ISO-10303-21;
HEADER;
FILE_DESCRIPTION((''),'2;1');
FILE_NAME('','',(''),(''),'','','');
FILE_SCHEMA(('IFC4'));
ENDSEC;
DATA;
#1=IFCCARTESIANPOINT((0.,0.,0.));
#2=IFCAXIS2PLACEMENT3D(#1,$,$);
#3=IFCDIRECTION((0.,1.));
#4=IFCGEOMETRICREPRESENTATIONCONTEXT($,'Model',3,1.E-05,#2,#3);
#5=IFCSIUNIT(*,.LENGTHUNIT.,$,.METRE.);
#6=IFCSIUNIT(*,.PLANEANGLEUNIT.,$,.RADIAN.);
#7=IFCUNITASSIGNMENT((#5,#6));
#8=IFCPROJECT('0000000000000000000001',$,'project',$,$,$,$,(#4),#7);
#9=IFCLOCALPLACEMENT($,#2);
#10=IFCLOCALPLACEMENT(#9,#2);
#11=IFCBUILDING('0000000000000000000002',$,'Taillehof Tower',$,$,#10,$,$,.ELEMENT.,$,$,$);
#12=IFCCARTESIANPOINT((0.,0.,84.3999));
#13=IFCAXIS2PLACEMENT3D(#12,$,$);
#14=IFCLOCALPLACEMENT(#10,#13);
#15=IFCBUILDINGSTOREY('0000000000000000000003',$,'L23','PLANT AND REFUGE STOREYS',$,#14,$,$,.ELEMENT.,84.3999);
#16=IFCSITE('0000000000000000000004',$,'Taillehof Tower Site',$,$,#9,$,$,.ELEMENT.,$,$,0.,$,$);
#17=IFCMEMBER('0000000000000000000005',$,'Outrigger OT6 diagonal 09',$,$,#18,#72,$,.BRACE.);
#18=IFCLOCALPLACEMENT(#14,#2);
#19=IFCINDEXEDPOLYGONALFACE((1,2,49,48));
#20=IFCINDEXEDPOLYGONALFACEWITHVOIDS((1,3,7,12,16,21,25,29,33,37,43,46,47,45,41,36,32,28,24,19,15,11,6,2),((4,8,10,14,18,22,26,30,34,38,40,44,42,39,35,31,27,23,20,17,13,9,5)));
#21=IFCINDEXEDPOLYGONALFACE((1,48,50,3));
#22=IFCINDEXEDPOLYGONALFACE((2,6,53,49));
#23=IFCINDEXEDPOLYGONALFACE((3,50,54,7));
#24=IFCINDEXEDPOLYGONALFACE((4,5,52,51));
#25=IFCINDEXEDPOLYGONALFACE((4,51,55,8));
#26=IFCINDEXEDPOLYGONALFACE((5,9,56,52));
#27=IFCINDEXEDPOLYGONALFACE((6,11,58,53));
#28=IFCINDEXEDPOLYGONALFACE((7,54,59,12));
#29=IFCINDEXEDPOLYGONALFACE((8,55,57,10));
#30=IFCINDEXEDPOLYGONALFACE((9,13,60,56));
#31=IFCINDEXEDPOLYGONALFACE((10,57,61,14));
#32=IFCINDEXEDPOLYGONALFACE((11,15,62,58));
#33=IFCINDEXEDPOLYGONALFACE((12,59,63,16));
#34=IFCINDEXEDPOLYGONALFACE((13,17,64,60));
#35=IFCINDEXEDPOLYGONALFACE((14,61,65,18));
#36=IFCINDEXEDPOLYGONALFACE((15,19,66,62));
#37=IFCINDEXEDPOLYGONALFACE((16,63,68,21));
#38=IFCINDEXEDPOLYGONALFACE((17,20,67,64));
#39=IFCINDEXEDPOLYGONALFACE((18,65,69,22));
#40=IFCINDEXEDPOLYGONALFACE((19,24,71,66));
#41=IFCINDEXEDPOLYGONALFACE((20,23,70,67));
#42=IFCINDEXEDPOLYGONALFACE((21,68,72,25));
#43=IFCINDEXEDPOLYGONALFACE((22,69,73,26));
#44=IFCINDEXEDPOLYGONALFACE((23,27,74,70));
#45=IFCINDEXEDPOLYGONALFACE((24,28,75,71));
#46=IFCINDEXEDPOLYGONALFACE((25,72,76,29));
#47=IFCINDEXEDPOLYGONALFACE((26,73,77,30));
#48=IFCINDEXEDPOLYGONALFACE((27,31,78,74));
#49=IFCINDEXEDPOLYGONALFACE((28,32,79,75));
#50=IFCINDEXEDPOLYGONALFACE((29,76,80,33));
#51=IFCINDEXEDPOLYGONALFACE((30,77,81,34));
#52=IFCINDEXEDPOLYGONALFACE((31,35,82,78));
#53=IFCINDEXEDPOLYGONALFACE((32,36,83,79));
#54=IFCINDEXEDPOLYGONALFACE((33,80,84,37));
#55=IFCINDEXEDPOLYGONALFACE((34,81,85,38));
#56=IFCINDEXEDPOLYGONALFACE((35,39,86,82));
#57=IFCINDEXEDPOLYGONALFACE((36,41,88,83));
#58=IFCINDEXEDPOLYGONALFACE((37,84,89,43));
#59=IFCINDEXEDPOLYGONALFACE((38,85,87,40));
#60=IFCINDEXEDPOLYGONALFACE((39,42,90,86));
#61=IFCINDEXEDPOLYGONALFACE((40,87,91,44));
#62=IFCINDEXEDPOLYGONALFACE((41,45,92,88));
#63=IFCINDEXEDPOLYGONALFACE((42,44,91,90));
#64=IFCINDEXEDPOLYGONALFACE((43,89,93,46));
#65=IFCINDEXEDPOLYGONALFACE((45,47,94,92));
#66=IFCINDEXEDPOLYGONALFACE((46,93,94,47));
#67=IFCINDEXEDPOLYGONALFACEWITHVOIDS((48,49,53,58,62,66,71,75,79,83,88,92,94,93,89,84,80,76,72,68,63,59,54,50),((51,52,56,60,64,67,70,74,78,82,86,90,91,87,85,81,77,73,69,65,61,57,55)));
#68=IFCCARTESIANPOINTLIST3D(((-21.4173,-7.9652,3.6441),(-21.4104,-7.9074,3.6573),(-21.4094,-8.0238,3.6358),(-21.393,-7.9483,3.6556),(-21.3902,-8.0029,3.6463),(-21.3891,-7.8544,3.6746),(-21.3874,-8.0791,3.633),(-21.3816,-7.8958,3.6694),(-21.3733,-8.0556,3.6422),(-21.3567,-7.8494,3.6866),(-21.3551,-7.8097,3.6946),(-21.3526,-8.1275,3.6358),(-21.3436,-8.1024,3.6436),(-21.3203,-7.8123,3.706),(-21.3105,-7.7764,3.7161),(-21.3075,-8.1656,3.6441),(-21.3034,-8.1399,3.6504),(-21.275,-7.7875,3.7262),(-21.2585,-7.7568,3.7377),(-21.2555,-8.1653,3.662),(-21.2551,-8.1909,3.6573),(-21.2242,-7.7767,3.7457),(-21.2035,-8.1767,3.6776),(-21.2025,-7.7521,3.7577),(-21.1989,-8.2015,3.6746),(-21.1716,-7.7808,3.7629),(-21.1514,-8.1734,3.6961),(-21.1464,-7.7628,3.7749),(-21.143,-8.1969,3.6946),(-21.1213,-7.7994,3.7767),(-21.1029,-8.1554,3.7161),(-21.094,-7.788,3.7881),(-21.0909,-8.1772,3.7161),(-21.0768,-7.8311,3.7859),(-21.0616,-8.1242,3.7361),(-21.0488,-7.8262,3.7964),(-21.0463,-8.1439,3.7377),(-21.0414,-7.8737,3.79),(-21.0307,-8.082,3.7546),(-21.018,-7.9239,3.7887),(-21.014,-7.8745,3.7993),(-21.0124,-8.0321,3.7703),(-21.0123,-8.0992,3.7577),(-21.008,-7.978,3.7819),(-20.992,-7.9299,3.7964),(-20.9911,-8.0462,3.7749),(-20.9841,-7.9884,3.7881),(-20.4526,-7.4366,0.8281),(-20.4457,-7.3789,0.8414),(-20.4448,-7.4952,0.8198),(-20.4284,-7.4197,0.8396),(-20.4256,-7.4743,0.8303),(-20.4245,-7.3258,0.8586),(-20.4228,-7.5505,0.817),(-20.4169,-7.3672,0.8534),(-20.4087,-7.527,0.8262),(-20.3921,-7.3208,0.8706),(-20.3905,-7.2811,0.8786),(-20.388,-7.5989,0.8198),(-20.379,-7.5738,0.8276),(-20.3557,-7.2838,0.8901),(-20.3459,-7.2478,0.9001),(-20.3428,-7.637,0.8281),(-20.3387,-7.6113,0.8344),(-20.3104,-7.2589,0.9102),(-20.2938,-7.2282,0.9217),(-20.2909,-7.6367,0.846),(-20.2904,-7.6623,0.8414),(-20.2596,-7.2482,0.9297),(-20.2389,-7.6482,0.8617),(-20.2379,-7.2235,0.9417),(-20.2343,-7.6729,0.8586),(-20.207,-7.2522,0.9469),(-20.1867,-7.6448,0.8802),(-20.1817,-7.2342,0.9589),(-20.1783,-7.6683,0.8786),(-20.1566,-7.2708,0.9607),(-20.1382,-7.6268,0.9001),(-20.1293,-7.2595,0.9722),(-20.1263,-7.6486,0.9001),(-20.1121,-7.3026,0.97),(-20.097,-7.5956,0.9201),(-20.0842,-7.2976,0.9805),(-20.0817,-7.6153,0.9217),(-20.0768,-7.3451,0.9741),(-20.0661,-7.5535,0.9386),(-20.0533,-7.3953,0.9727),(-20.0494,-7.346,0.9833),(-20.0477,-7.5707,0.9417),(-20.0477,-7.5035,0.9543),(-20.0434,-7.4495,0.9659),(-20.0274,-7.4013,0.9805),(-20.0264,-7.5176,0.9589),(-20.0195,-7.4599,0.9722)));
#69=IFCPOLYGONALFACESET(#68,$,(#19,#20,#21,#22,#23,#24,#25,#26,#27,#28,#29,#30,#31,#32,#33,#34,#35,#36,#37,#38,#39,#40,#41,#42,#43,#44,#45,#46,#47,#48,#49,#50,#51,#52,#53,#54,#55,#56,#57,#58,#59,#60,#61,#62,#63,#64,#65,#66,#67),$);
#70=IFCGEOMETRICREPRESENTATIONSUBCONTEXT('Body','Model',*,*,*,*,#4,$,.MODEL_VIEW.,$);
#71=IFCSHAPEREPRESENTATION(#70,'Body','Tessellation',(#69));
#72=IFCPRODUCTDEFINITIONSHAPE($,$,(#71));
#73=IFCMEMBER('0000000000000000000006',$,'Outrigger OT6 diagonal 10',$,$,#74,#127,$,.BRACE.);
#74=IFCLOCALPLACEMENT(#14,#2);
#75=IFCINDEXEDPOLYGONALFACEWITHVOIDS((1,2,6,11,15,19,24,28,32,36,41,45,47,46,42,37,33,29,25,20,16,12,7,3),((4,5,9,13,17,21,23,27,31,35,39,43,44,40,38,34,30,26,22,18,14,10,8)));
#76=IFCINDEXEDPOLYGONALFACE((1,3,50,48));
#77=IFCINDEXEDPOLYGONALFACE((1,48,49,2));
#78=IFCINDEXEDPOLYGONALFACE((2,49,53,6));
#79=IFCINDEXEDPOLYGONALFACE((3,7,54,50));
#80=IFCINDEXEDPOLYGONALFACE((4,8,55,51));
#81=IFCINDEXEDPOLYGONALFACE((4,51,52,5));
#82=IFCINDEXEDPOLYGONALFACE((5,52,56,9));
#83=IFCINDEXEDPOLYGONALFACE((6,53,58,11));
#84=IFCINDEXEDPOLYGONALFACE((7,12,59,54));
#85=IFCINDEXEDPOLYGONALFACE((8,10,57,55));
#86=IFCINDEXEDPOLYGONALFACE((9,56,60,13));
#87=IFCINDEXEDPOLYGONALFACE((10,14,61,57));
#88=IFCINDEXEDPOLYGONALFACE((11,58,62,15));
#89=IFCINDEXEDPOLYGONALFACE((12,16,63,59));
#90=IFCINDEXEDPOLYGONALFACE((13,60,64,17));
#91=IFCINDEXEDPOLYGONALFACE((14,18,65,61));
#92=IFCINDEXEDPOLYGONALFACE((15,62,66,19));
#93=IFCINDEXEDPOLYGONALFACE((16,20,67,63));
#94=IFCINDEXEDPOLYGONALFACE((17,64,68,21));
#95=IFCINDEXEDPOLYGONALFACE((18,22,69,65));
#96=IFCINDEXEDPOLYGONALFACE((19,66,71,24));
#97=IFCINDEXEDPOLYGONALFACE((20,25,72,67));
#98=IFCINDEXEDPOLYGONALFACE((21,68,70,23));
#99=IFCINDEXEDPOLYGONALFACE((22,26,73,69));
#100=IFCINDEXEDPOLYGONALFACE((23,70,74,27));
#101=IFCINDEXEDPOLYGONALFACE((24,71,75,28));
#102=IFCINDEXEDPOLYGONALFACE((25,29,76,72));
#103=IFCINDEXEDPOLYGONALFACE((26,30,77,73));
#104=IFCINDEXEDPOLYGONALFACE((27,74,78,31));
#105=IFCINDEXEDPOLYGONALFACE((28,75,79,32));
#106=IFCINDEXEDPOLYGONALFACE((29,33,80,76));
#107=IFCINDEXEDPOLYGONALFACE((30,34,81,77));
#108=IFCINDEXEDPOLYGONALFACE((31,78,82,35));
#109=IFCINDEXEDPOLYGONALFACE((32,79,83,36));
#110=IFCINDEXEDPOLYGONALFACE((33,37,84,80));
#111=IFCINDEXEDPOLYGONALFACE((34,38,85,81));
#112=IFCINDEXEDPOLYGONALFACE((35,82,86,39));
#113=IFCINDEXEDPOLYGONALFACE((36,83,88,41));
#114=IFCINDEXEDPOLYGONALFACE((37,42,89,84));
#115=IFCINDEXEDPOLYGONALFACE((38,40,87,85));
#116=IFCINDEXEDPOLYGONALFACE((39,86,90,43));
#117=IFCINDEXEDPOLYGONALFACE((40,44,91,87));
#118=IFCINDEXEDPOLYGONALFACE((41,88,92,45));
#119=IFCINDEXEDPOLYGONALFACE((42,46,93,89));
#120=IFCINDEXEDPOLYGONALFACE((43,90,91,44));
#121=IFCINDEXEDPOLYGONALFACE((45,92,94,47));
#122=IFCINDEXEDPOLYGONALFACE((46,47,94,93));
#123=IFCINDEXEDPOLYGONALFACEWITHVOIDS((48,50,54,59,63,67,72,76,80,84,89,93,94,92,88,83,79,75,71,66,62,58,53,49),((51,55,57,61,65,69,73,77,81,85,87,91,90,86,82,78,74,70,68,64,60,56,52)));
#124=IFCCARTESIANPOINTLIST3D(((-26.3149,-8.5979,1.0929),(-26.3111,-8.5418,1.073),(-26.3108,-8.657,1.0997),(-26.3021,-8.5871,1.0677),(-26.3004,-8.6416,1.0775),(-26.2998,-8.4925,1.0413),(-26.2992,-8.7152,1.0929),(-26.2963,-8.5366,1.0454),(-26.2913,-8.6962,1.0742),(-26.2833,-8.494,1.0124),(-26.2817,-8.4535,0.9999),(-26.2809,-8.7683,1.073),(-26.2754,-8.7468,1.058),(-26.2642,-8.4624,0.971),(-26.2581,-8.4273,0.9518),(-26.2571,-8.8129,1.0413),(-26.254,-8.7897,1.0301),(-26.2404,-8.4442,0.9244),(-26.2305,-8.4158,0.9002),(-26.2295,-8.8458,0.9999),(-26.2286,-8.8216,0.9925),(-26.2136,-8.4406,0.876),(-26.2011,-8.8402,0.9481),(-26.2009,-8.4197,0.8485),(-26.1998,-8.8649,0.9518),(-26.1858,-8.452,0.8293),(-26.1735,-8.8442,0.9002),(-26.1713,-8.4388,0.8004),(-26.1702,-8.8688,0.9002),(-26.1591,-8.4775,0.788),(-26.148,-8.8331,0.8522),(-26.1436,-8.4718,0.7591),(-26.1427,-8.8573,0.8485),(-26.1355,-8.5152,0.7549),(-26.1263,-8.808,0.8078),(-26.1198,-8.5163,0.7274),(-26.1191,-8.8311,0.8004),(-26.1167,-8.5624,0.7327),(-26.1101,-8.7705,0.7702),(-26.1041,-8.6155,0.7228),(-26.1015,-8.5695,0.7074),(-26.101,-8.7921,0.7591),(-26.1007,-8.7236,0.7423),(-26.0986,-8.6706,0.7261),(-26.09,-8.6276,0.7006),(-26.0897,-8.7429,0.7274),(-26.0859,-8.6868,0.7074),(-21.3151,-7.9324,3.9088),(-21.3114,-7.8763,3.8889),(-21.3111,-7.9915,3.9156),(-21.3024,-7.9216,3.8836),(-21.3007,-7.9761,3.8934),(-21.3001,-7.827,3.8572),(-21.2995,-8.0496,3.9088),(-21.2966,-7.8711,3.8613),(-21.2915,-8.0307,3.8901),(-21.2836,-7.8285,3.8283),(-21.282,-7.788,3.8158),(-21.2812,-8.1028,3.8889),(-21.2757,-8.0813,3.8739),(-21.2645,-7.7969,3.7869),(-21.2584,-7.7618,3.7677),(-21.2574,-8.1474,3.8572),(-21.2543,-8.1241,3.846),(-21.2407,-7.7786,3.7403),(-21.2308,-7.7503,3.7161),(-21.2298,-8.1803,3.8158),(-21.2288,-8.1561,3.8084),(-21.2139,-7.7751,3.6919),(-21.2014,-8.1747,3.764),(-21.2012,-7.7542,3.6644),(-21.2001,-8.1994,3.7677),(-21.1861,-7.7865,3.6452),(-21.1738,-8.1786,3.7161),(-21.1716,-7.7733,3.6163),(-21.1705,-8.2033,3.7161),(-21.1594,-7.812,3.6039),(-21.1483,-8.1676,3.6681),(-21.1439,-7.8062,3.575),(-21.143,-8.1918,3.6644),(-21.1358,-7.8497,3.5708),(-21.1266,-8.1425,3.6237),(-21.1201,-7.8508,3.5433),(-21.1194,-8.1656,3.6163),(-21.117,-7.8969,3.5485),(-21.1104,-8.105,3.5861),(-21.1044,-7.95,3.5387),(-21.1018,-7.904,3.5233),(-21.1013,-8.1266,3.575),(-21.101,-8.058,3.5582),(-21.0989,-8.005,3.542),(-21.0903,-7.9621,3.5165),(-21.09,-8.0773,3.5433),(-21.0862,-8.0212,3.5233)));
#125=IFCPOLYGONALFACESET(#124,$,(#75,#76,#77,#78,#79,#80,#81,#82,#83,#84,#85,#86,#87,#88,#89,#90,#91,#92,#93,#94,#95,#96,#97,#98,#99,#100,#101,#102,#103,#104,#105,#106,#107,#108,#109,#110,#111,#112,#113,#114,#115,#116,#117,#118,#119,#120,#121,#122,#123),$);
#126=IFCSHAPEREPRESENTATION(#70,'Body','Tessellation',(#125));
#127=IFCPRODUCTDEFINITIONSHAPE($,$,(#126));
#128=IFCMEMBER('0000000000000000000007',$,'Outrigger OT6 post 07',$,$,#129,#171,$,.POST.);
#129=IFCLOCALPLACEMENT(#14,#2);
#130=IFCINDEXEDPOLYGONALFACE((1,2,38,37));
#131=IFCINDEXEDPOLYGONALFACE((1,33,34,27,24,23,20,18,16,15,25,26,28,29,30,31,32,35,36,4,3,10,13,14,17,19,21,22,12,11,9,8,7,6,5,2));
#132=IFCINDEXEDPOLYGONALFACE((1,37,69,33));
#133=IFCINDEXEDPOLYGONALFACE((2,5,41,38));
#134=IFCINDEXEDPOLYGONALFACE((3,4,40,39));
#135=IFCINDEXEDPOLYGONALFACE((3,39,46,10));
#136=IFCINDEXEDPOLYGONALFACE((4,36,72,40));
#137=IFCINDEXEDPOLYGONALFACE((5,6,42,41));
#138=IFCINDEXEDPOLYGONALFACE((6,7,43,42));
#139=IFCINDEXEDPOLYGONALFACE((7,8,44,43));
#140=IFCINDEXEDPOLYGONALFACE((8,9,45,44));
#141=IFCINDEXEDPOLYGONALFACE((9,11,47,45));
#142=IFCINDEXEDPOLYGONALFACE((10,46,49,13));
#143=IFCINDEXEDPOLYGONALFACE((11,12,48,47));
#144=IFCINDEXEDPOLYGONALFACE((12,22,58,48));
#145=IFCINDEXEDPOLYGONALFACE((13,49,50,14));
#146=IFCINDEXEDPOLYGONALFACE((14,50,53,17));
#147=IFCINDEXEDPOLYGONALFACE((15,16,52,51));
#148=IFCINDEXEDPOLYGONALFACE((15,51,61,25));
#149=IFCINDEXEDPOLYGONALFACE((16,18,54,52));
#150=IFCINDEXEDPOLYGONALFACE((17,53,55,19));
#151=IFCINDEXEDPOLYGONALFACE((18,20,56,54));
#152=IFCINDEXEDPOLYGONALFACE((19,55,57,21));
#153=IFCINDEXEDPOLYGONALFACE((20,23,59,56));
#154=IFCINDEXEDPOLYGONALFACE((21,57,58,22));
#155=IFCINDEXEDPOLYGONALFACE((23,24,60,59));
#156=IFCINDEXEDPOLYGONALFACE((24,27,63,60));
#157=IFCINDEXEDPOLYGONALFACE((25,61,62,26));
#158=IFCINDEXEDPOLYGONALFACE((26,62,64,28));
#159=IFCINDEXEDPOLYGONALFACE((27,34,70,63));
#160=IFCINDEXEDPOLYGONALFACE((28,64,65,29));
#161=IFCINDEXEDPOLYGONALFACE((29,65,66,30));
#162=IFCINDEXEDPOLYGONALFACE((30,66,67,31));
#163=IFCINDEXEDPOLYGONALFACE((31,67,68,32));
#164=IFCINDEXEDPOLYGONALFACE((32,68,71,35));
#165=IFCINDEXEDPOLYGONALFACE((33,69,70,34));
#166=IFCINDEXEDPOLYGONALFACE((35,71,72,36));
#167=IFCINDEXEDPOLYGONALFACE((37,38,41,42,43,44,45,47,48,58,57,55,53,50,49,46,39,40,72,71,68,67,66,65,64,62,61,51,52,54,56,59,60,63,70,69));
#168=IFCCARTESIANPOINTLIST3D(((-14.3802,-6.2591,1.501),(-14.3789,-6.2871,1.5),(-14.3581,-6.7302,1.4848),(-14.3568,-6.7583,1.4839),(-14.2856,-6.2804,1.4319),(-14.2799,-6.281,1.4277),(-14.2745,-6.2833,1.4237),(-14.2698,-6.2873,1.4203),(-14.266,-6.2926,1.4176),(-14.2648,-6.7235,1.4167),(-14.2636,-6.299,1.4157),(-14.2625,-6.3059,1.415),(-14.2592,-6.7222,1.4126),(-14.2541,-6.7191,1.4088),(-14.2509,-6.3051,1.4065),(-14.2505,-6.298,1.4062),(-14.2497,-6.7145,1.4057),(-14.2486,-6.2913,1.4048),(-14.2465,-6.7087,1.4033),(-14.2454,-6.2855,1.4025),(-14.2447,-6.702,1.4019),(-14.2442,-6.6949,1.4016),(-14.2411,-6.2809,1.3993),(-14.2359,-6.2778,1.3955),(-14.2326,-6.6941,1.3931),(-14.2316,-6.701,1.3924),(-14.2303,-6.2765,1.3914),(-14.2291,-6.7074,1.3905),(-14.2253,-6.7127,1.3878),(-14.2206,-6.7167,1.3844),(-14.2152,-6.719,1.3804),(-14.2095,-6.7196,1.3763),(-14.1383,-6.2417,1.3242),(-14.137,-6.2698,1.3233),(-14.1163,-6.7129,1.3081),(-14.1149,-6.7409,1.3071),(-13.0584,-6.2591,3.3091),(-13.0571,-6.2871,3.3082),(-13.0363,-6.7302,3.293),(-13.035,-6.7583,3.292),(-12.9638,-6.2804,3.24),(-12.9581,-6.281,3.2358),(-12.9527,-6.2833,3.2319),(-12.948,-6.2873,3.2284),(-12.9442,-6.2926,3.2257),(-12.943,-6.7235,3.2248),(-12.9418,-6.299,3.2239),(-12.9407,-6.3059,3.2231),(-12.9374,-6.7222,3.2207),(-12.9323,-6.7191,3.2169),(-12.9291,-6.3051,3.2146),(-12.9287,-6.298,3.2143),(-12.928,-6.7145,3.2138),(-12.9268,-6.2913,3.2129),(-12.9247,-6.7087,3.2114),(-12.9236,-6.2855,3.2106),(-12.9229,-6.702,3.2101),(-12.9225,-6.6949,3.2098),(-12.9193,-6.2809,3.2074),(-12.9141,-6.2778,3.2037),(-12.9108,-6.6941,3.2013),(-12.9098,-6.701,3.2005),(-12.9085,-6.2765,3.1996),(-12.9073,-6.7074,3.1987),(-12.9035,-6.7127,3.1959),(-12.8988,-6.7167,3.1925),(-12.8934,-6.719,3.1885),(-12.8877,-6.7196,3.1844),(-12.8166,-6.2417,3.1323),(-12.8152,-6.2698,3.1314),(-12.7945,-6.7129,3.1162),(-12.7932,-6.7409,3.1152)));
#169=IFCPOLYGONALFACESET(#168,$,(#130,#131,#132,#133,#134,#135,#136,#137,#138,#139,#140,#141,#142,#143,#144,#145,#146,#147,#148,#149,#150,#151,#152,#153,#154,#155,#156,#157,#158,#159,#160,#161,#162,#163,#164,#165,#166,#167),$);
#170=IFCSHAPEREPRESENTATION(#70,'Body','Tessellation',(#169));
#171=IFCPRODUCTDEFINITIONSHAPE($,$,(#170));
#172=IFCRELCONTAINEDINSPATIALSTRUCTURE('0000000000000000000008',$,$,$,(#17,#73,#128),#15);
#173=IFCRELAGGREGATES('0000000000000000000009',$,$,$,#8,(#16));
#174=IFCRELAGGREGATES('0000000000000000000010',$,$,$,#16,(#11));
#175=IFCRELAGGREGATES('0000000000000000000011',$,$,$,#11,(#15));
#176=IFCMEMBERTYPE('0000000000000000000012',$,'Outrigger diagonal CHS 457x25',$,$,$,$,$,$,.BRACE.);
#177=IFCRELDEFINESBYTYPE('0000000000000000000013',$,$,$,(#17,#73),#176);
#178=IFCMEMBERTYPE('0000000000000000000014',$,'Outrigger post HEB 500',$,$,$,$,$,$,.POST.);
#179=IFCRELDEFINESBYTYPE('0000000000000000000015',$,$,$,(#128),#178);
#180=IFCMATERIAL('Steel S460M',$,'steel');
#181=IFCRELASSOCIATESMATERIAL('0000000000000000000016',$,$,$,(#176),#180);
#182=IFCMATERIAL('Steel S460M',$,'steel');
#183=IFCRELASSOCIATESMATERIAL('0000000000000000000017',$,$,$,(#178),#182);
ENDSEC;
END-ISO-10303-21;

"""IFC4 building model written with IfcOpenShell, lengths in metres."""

from ifc_helpers import new_model, si_unit, direction, frame, origin, origin_2d, place, context, subcontext, project, spatial, hollow_circle, i_section, extrude, material, material_profile, profile_set, type_object, element, save


model = new_model("IFC4")

# Units and contexts
model_context = context("Model", 3, precision=1e-05, world=origin(), true_north=direction((0.0, 1.0)))
body_context = subcontext(model_context, "Body", "Model", "MODEL_VIEW")
ifc_project = project(units=[si_unit("LENGTHUNIT", "METRE"), si_unit("PLANEANGLEUNIT", "RADIAN")], contexts=[model_context])

# Site, building, storey
site_placement = place(None, origin())
site = spatial("IfcSite", under=ifc_project, at=site_placement, Name="Taillehof Tower Site", CompositionType="ELEMENT", RefElevation=0.0)
building_placement = place(site_placement, origin())
building = spatial("IfcBuilding", under=site, at=building_placement, Name="Taillehof Tower", CompositionType="ELEMENT")
storey_placement = place(building_placement, frame((0.0, 0.0, 84.3999)))
storey = spatial("IfcBuildingStorey", under=building, at=storey_placement, Name="L23", Description="PLANT AND REFUGE STOREYS", CompositionType="ELEMENT", Elevation=84.3999)

# Members
ifc_material_1 = material(Name="Steel S460M", Category="steel")
ifc_material_profile_1 = material_profile(ifc_material_1, hollow_circle(Radius=0.2285, WallThickness=0.0249, at=origin_2d()), Name="CHS 457x25")
ifc_profile_set_1 = profile_set([ifc_material_profile_1], Name="Steel S460M")
member_type_1 = type_object("IfcMemberType", Name="Outrigger diagonal CHS 457x25", PredefinedType="BRACE", material=ifc_profile_set_1)
member_1_placement = place(storey_placement, frame((-20.2361, -7.4482, 0.9001), z_axis=(-0.319075, -0.174841, 0.931462), x_axis=(0.480546, -0.876969, 0.0)))
element("IfcMember", 1, at=member_1_placement, inside=storey, type_object=member_type_1, Name="Outrigger OT6 diagonal 09", PredefinedType="BRACE", context=body_context, shape_type="SweptSolid", body=[
    extrude(hollow_circle(Radius=0.2285, WallThickness=0.0249, at=origin_2d()), origin(), (0.0, 0.0, 1.0), 3.0232),
])
member_2_placement = place(storey_placement, frame((-21.2007, -7.9768, 3.7161), z_axis=(-0.865509, -0.11521, -0.487464), x_axis=(0.131948, -0.991257, 0.0)))
element("IfcMember", 2, at=member_2_placement, inside=storey, type_object=member_type_1, Name="Outrigger OT6 diagonal 10", PredefinedType="BRACE", context=body_context, shape_type="SweptSolid", body=[
    extrude(hollow_circle(Radius=0.2285, WallThickness=0.0249, at=origin_2d()), origin(), (0.0, 0.0, 1.0), 5.7766),
])
ifc_material_2 = material(Name="Steel S460M", Category="steel")
ifc_material_profile_2 = material_profile(ifc_material_2, i_section(OverallWidth=0.3, OverallDepth=0.5, WebThickness=0.0144, FlangeThickness=0.0281, FilletRadius=0.0271, at=origin_2d()), Name="HEB 500")
ifc_profile_set_2 = profile_set([ifc_material_profile_2], Name="Steel S460M")
member_type_2 = type_object("IfcMemberType", Name="Outrigger post HEB 500", PredefinedType="POST", material=ifc_profile_set_2)
member_3_placement = place(storey_placement, frame((-14.2476, -6.5, 1.4041), z_axis=(0.590153, 0.0, 0.807291), x_axis=(-0.805934, -0.057973, 0.589161)))
element("IfcMember", 3, at=member_3_placement, inside=storey, type_object=member_type_2, Name="Outrigger OT6 post 07", PredefinedType="POST", context=body_context, shape_type="SweptSolid", body=[
    extrude(i_section(OverallWidth=0.3, OverallDepth=0.5, WebThickness=0.0144, FlangeThickness=0.0281, FilletRadius=0.0271, at=origin_2d()), origin(), (0.0, 0.0, 1.0), 2.2397),
])

save(model, "model.ifc")
